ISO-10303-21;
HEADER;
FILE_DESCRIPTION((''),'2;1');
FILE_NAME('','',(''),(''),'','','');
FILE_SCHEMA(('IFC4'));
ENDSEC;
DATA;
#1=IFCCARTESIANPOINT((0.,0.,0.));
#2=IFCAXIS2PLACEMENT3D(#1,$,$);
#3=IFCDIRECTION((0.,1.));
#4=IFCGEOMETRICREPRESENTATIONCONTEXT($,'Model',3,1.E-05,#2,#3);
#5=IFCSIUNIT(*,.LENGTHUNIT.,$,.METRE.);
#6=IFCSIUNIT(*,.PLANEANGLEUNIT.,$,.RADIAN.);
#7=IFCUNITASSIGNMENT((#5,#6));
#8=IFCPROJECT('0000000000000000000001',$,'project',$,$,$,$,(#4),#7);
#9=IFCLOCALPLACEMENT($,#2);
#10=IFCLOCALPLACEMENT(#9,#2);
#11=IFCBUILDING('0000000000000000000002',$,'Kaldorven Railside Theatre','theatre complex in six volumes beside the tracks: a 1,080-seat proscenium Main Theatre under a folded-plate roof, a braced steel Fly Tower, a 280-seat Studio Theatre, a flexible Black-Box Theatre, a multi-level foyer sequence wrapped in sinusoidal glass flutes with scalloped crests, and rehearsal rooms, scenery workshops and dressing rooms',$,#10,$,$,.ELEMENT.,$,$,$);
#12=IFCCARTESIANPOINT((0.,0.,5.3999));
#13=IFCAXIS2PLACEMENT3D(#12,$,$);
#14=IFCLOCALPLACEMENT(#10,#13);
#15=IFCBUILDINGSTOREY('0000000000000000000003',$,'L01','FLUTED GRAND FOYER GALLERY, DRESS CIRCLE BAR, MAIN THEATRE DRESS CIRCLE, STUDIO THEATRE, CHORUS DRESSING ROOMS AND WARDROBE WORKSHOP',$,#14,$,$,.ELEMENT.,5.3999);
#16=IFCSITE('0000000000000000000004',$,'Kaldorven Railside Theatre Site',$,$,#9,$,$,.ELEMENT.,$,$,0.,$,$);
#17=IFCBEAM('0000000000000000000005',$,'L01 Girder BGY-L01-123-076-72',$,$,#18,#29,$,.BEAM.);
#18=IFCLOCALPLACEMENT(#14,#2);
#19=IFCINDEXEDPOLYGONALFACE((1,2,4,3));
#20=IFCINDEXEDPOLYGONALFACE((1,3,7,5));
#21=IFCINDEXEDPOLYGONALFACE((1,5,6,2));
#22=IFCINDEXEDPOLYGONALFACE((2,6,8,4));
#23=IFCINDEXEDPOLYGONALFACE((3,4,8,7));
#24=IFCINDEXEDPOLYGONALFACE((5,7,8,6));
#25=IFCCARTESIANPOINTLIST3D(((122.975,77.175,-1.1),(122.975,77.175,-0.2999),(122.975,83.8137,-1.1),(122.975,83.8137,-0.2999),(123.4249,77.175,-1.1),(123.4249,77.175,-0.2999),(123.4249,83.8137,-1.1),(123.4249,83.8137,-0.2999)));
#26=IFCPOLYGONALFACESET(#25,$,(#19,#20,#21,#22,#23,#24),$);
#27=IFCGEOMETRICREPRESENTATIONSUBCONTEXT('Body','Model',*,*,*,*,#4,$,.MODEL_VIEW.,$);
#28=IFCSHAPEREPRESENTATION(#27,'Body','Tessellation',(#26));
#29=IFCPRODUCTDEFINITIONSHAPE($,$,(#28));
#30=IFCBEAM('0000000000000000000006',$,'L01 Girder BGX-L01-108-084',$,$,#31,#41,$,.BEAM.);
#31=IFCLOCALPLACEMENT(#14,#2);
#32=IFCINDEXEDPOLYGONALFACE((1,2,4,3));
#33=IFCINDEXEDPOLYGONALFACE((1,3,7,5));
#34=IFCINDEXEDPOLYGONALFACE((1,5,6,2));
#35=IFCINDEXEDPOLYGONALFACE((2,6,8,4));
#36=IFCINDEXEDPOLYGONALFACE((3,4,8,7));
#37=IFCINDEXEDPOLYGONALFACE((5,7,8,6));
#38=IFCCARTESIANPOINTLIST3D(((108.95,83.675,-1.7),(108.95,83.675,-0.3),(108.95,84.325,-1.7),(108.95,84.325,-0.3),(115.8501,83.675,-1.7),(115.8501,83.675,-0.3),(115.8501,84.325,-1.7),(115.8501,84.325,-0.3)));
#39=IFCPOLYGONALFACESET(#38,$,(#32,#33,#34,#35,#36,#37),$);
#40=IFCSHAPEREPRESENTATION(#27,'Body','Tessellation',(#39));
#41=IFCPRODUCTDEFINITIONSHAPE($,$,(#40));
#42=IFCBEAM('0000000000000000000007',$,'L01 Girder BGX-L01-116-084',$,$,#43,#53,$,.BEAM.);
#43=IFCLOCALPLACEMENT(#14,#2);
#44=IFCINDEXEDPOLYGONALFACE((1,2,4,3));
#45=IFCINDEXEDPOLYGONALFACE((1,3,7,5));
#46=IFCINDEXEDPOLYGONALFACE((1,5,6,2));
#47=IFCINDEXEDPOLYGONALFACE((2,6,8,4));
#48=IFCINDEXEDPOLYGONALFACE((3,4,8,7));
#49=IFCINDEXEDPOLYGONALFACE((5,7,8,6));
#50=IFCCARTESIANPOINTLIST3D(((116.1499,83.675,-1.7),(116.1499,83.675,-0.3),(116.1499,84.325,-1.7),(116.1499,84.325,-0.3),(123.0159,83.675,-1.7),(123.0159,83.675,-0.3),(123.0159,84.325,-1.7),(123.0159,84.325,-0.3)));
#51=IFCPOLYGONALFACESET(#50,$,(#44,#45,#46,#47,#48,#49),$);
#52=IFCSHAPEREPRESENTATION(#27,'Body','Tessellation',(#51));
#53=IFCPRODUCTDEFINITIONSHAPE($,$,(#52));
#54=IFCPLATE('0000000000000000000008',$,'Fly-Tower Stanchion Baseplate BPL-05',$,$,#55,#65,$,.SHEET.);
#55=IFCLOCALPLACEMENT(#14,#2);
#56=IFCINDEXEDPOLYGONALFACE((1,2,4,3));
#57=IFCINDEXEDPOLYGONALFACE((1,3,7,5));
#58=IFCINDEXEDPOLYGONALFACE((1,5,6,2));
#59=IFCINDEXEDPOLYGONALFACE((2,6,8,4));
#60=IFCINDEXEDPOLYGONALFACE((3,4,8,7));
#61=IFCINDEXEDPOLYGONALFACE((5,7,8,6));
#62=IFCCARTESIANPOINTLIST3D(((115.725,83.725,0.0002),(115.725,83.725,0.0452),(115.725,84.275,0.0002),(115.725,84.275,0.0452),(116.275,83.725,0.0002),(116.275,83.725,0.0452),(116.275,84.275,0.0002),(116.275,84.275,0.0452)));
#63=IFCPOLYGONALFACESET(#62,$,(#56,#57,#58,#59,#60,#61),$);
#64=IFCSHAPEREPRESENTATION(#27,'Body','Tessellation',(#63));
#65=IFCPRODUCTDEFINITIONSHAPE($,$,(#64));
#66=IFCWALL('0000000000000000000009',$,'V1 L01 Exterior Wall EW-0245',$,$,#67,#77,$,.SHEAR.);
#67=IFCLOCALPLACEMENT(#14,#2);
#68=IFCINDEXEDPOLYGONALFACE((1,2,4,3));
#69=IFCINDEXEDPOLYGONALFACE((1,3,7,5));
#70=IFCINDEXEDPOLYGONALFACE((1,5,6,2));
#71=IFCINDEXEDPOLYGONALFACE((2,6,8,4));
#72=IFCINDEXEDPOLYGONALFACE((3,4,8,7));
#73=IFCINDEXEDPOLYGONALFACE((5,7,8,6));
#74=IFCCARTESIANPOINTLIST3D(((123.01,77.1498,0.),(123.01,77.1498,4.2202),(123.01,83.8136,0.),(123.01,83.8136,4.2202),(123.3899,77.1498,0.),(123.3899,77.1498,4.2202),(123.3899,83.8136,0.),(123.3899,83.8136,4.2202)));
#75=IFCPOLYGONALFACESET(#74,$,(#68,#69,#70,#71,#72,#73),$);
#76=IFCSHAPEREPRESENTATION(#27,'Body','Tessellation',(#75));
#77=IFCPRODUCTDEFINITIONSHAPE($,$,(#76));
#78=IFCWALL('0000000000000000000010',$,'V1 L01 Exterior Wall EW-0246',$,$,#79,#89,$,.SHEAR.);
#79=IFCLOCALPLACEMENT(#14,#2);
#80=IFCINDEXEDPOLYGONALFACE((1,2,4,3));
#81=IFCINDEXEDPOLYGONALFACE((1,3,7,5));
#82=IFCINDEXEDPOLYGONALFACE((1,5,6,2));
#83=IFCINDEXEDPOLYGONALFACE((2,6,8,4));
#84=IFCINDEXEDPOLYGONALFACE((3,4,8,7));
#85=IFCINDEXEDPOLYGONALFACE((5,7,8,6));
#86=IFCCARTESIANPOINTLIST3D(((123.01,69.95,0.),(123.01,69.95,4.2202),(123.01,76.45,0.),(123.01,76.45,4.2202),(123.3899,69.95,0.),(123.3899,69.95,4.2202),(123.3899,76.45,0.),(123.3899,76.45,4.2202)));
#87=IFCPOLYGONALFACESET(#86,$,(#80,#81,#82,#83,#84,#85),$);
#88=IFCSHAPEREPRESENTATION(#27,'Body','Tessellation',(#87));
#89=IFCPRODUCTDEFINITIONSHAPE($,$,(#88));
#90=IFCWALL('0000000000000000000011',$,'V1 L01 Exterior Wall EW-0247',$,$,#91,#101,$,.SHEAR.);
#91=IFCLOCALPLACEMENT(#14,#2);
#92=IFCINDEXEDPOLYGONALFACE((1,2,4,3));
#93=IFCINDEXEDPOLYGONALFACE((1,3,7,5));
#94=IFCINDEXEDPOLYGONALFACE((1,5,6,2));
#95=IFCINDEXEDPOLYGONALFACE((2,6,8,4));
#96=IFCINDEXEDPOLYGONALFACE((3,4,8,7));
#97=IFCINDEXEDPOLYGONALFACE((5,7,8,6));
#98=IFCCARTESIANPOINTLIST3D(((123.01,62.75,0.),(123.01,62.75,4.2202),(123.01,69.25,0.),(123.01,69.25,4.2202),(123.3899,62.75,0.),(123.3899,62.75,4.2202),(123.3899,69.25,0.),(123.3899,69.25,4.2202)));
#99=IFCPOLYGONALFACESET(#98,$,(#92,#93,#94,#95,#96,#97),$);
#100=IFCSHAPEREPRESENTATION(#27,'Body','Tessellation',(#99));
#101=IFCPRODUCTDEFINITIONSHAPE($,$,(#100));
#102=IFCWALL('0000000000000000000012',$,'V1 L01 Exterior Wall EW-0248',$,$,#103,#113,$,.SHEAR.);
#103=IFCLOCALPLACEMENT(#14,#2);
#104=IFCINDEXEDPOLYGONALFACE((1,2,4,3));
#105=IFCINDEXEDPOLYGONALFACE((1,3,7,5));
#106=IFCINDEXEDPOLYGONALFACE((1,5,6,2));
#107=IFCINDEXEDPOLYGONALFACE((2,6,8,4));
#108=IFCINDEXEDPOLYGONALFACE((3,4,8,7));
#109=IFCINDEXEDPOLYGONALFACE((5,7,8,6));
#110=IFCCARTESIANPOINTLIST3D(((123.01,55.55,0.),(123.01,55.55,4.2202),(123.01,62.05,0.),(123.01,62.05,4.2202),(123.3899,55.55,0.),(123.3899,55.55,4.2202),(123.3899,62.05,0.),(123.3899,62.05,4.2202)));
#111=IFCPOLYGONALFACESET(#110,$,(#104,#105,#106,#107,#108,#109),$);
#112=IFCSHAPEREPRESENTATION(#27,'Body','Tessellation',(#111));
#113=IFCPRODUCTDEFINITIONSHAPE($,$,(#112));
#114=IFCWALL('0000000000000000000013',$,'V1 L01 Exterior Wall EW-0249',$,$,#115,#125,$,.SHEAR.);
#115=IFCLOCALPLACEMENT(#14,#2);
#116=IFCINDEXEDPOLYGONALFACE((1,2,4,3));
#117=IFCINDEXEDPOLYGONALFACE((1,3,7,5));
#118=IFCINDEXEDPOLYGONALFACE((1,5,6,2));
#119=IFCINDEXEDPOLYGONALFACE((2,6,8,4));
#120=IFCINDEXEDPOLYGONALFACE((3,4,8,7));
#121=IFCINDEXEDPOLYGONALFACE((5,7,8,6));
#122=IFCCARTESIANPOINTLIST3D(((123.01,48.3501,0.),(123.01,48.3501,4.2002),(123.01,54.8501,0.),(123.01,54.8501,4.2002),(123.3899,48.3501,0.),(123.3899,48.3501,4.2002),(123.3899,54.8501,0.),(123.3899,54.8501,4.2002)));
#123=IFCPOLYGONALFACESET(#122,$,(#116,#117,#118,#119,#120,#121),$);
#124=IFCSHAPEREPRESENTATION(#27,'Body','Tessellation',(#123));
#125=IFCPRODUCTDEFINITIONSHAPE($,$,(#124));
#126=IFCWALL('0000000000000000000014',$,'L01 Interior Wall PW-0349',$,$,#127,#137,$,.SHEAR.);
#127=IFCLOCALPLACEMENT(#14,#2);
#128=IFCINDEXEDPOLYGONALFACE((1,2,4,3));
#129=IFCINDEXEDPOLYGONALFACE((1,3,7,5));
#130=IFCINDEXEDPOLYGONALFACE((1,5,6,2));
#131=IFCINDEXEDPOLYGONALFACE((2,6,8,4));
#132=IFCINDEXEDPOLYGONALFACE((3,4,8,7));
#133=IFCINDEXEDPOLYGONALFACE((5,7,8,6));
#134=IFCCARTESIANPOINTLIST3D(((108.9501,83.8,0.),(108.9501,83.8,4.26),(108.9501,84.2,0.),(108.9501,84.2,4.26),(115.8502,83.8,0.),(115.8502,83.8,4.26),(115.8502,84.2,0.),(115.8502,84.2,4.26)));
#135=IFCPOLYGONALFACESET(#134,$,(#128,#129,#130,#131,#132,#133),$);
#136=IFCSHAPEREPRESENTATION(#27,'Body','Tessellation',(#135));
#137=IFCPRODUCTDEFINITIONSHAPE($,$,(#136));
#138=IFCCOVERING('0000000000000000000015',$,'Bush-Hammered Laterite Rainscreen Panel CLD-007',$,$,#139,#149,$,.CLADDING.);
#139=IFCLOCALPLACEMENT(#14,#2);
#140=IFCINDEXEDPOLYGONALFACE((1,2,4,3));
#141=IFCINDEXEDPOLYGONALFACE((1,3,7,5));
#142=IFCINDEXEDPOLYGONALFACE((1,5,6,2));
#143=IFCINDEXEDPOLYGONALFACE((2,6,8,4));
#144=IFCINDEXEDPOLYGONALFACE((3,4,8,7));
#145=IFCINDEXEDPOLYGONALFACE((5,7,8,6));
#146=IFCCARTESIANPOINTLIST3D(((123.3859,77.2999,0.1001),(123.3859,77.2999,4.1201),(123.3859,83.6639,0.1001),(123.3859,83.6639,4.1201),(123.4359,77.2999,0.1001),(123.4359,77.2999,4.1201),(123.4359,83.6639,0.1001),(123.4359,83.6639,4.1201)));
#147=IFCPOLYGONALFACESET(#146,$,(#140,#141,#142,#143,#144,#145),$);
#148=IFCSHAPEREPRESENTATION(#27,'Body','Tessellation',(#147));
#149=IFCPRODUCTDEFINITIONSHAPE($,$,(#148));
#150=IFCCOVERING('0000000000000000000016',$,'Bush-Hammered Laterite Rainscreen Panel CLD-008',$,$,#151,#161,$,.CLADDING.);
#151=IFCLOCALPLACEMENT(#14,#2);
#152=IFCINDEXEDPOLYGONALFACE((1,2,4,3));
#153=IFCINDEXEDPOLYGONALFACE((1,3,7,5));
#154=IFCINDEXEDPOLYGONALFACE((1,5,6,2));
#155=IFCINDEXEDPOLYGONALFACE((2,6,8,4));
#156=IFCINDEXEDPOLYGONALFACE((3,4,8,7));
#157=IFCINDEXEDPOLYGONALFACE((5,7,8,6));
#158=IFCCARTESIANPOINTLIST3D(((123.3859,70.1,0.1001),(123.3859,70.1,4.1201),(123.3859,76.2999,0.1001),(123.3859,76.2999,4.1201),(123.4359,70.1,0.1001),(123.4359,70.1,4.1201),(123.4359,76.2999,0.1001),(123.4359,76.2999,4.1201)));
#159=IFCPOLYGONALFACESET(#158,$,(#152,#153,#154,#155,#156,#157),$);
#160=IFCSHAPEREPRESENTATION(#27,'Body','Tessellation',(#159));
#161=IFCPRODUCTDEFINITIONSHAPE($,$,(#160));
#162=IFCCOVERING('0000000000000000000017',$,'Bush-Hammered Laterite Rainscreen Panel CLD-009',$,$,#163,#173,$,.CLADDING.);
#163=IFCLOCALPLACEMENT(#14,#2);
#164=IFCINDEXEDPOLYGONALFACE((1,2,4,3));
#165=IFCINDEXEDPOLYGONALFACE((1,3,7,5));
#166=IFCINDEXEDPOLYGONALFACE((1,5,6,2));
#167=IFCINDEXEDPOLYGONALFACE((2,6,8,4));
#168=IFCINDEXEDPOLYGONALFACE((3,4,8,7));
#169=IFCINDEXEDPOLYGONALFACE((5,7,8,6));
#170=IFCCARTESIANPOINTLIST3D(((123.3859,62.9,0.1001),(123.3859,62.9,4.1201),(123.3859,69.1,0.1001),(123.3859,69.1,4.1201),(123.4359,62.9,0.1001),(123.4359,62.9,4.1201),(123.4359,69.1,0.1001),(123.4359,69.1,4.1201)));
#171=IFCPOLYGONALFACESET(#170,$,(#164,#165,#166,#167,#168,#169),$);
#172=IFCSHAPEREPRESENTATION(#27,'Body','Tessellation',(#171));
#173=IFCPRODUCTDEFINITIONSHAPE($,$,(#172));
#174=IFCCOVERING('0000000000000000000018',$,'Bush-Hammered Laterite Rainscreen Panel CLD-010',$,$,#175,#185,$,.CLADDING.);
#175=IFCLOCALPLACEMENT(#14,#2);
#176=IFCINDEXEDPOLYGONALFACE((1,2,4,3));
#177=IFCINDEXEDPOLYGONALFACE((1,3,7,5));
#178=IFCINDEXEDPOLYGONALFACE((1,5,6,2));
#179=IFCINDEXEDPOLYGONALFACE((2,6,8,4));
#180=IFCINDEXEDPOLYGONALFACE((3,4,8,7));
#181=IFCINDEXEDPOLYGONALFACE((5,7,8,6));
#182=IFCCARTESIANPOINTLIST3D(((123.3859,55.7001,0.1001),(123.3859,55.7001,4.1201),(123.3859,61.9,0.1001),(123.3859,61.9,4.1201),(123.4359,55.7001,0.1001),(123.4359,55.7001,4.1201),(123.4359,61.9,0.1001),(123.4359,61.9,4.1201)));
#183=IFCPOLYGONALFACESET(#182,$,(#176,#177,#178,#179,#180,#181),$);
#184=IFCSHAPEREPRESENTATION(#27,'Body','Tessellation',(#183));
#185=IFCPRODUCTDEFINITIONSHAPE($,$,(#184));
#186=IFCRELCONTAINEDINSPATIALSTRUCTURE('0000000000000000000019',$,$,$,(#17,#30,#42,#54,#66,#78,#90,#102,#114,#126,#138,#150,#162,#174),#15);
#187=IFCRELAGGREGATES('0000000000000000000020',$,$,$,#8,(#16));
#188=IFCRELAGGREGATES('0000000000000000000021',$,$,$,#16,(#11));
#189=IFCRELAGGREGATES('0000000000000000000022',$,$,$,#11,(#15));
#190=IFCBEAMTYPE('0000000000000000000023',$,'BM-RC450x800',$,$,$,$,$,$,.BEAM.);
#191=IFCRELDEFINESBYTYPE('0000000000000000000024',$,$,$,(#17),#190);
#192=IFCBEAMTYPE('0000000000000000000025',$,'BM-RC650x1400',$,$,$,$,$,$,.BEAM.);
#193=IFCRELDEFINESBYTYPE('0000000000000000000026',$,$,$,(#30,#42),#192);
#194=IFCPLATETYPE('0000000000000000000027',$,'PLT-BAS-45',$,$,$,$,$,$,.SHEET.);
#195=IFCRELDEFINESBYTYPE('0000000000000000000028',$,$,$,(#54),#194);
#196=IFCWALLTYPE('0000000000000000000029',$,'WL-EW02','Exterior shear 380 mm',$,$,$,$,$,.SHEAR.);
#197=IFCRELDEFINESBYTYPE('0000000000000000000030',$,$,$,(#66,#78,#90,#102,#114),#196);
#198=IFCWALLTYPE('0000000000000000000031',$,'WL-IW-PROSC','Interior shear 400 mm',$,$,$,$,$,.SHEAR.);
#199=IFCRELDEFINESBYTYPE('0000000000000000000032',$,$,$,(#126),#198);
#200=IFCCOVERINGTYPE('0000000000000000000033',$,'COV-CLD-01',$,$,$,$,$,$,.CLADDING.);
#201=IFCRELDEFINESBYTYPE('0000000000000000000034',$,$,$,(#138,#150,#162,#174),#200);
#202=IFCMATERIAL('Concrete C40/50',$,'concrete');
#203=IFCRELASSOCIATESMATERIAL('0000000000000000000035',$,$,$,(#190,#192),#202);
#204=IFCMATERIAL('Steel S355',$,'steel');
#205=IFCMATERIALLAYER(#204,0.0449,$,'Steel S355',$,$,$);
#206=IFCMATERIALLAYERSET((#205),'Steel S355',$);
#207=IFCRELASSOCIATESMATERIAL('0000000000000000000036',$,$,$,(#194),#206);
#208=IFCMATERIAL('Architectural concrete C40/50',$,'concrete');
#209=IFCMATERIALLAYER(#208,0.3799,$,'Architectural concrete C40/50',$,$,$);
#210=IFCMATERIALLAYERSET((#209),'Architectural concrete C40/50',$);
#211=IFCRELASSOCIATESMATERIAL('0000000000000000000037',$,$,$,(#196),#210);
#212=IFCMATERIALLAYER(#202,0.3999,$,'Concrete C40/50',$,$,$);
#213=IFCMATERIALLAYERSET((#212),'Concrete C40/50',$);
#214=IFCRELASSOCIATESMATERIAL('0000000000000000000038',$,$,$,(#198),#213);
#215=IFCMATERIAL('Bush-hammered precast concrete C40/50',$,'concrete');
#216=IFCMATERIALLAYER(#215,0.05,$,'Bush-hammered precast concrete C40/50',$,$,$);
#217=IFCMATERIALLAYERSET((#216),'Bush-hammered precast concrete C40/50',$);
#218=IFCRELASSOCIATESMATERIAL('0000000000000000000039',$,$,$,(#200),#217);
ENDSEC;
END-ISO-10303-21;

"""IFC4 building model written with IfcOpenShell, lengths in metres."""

from ifc_helpers import new_model, si_unit, direction, frame, frame_2d, origin, origin_2d, place, context, subcontext, project, spatial, rectangle, extrude, material, layer, layer_set, material_profile, profile_set, type_object, element, save


model = new_model("IFC4")

# Units and contexts
model_context = context("Model", 3, precision=1e-05, world=origin(), true_north=direction((0.0, 1.0)))
body_context = subcontext(model_context, "Body", "Model", "MODEL_VIEW")
ifc_project = project(units=[si_unit("LENGTHUNIT", "METRE"), si_unit("PLANEANGLEUNIT", "RADIAN")], contexts=[model_context])

# Site, building, storey
site_placement = place(None, origin())
site = spatial("IfcSite", under=ifc_project, at=site_placement, Name="Kaldorven Railside Theatre Site", CompositionType="ELEMENT", RefElevation=0.0)
building_placement = place(site_placement, origin())
building = spatial("IfcBuilding", under=site, at=building_placement, Name="Kaldorven Railside Theatre", Description="theatre complex in six volumes beside the tracks: a 1,080-seat proscenium Main Theatre under a folded-plate roof, a braced steel Fly Tower, a 280-seat Studio Theatre, a flexible Black-Box Theatre, a multi-level foyer sequence wrapped in sinusoidal glass flutes with scalloped crests, and rehearsal rooms, scenery workshops and dressing rooms", CompositionType="ELEMENT")
storey_placement = place(building_placement, frame((0.0, 0.0, 5.3999)))
storey = spatial("IfcBuildingStorey", under=building, at=storey_placement, Name="L01", Description="FLUTED GRAND FOYER GALLERY, DRESS CIRCLE BAR, MAIN THEATRE DRESS CIRCLE, STUDIO THEATRE, CHORUS DRESSING ROOMS AND WARDROBE WORKSHOP", CompositionType="ELEMENT", Elevation=5.3999)

# Shared definitions
ifc_material_1 = material(Name="Steel S355", Category="steel")
ifc_material_2 = material(Name="Concrete C40/50", Category="concrete")

# Beams
ifc_material_profile_1 = material_profile(ifc_material_2, rectangle(XDim=0.45, YDim=0.8, at=origin_2d()), Name="RC 450x800")
ifc_profile_set_1 = profile_set([ifc_material_profile_1], Name="Concrete C40/50")
beam_type_1 = type_object("IfcBeamType", Name="BM-RC450x800", PredefinedType="BEAM", material=ifc_profile_set_1)
beam_1_placement = place(storey_placement, frame((123.2, 77.175, -0.7), z_axis=(0.0, 1.0, 0.0), x_axis=(-1.0, 0.0, 0.0)))
element("IfcBeam", 1, at=beam_1_placement, inside=storey, type_object=beam_type_1, Name="L01 Girder BGY-L01-123-076-72", PredefinedType="BEAM", context=body_context, shape_type="SweptSolid", body=[
    extrude(rectangle(XDim=0.45, YDim=0.8, at=origin_2d()), origin(), (0.0, 0.0, 1.0), 6.6387),
])
ifc_material_profile_2 = material_profile(ifc_material_2, rectangle(XDim=0.6499, YDim=1.3999, at=origin_2d()), Name="RC 650x1400")
ifc_profile_set_2 = profile_set([ifc_material_profile_2], Name="Concrete C40/50")
beam_type_2 = type_object("IfcBeamType", Name="BM-RC650x1400", PredefinedType="BEAM", material=ifc_profile_set_2)
beam_2_placement = place(storey_placement, frame((108.95, 84.0, -1.0), z_axis=(1.0, 0.0, 0.0), x_axis=(0.0, 1.0, 0.0)))
element("IfcBeam", 2, at=beam_2_placement, inside=storey, type_object=beam_type_2, Name="L01 Girder BGX-L01-108-084", PredefinedType="BEAM", context=body_context, shape_type="SweptSolid", body=[
    extrude(rectangle(XDim=0.6499, YDim=1.3999, at=origin_2d()), origin(), (0.0, 0.0, 1.0), 6.9001),
])
beam_3_placement = place(storey_placement, frame((116.1499, 84.0, -1.0), z_axis=(1.0, 0.0, 0.0), x_axis=(0.0, 1.0, 0.0)))
element("IfcBeam", 3, at=beam_3_placement, inside=storey, type_object=beam_type_2, Name="L01 Girder BGX-L01-116-084", PredefinedType="BEAM", context=body_context, shape_type="SweptSolid", body=[
    extrude(rectangle(XDim=0.6499, YDim=1.3999, at=origin_2d()), origin(), (0.0, 0.0, 1.0), 6.866),
])

# Plate
ifc_layer_1 = layer(ifc_material_1, 0.0449, Name="Steel S355")
ifc_layer_set_1 = layer_set([ifc_layer_1], Name="Steel S355")
plate_type = type_object("IfcPlateType", Name="PLT-BAS-45", PredefinedType="SHEET", material=ifc_layer_set_1)
plate_placement = place(storey_placement, frame((116.0, 84.0, 0.0002), z_axis=(0.0, 0.0, 1.0), x_axis=(1.0, 0.0, 0.0)))
element("IfcPlate", 4, at=plate_placement, inside=storey, type_object=plate_type, Name="Fly-Tower Stanchion Baseplate BPL-05", PredefinedType="SHEET", context=body_context, shape_type="SweptSolid", body=[
    extrude(rectangle(XDim=0.55, YDim=0.55, at=origin_2d()), origin(), (0.0, 0.0, 1.0), 0.0449),
])

# Walls
ifc_material_3 = material(Name="Architectural concrete C40/50", Category="concrete")
ifc_layer_2 = layer(ifc_material_3, 0.3799, Name="Architectural concrete C40/50")
ifc_layer_set_2 = layer_set([ifc_layer_2], Name="Architectural concrete C40/50")
wall_type_1 = type_object("IfcWallType", Name="WL-EW02", Description="Exterior shear 380 mm", PredefinedType="SHEAR", material=ifc_layer_set_2)
wall_1_placement = place(storey_placement, frame((123.2, 83.8137, 0.0), z_axis=(0.0, 0.0, 1.0), x_axis=(0.0, -1.0, 0.0)))
element("IfcWall", 5, at=wall_1_placement, inside=storey, type_object=wall_type_1, Name="V1 L01 Exterior Wall EW-0245", PredefinedType="SHEAR", context=body_context, shape_type="SweptSolid", body=[
    extrude(rectangle(XDim=6.6638, YDim=0.3799, at=frame_2d((3.332, 0.0))), origin(), (0.0, 0.0, 1.0), 4.2202),
])
for number, where, z_axis, x_axis, name in (
    (6, (123.2, 76.45, 0.0), (0.0, 0.0, 1.0), (0.0, -1.0, 0.0), "V1 L01 Exterior Wall EW-0246"),
    (7, (123.2, 69.25, 0.0), (0.0, 0.0, 1.0), (0.0, -1.0, 0.0), "V1 L01 Exterior Wall EW-0247"),
    (8, (123.2, 62.05, 0.0), (0.0, 0.0, 1.0), (0.0, -1.0, 0.0), "V1 L01 Exterior Wall EW-0248"),
):
    element("IfcWall", number, at=place(storey_placement, frame(where, z_axis=z_axis, x_axis=x_axis)), inside=storey, type_object=wall_type_1, Name=name, PredefinedType="SHEAR", context=body_context, shape_type="SweptSolid", body=[
        extrude(rectangle(XDim=6.5, YDim=0.3799, at=frame_2d((3.25, 0.0))), origin(), (0.0, 0.0, 1.0), 4.2202),
    ])
wall_2_placement = place(storey_placement, frame((123.2, 54.8501, 0.0), z_axis=(0.0, 0.0, 1.0), x_axis=(0.0, -1.0, 0.0)))
element("IfcWall", 9, at=wall_2_placement, inside=storey, type_object=wall_type_1, Name="V1 L01 Exterior Wall EW-0249", PredefinedType="SHEAR", context=body_context, shape_type="SweptSolid", body=[
    extrude(rectangle(XDim=6.5, YDim=0.3799, at=frame_2d((3.25, 0.0))), origin(), (0.0, 0.0, 1.0), 4.2002),
])
ifc_layer_3 = layer(ifc_material_2, 0.3999, Name="Concrete C40/50")
ifc_layer_set_3 = layer_set([ifc_layer_3], Name="Concrete C40/50")
wall_type_2 = type_object("IfcWallType", Name="WL-IW-PROSC", Description="Interior shear 400 mm", PredefinedType="SHEAR", material=ifc_layer_set_3)
wall_3_placement = place(storey_placement, frame((108.95, 84.0, 0.0), z_axis=(0.0, 0.0, 1.0), x_axis=(1.0, 0.0, 0.0)))
element("IfcWall", 10, at=wall_3_placement, inside=storey, type_object=wall_type_2, Name="L01 Interior Wall PW-0349", PredefinedType="SHEAR", context=body_context, shape_type="SweptSolid", body=[
    extrude(rectangle(XDim=6.9001, YDim=0.3999, at=frame_2d((3.4502, 0.0))), origin(), (0.0, 0.0, 1.0), 4.26),
])

# Coverings
ifc_material_4 = material(Name="Bush-hammered precast concrete C40/50", Category="concrete")
ifc_layer_4 = layer(ifc_material_4, 0.05, Name="Bush-hammered precast concrete C40/50")
ifc_layer_set_4 = layer_set([ifc_layer_4], Name="Bush-hammered precast concrete C40/50")
covering_type = type_object("IfcCoveringType", Name="COV-CLD-01", PredefinedType="CLADDING", material=ifc_layer_set_4)
covering_placement = place(storey_placement, frame((123.4109, 80.4819, 0.1001), z_axis=(0.0, 0.0, 1.0), x_axis=(0.0, -1.0, 0.0)))
element("IfcCovering", 11, at=covering_placement, inside=storey, type_object=covering_type, Name="Bush-Hammered Laterite Rainscreen Panel CLD-007", PredefinedType="CLADDING", context=body_context, shape_type="SweptSolid", body=[
    extrude(rectangle(XDim=6.364, YDim=0.05, at=origin_2d()), origin(), (0.0, 0.0, 1.0), 4.02),
])
for number, where, z_axis, x_axis, name in (
    (12, (123.4109, 73.2, 0.1001), (0.0, 0.0, 1.0), (0.0, -1.0, 0.0), "Bush-Hammered Laterite Rainscreen Panel CLD-008"),
    (13, (123.4109, 66.0, 0.1001), (0.0, 0.0, 1.0), (0.0, -1.0, 0.0), "Bush-Hammered Laterite Rainscreen Panel CLD-009"),
    (14, (123.4109, 58.8, 0.1001), (0.0, 0.0, 1.0), (0.0, -1.0, 0.0), "Bush-Hammered Laterite Rainscreen Panel CLD-010"),
):
    element("IfcCovering", number, at=place(storey_placement, frame(where, z_axis=z_axis, x_axis=x_axis)), inside=storey, type_object=covering_type, Name=name, PredefinedType="CLADDING", context=body_context, shape_type="SweptSolid", body=[
        extrude(rectangle(XDim=6.2, YDim=0.05, at=origin_2d()), origin(), (0.0, 0.0, 1.0), 4.02),
    ])

save(model, "model.ifc")
